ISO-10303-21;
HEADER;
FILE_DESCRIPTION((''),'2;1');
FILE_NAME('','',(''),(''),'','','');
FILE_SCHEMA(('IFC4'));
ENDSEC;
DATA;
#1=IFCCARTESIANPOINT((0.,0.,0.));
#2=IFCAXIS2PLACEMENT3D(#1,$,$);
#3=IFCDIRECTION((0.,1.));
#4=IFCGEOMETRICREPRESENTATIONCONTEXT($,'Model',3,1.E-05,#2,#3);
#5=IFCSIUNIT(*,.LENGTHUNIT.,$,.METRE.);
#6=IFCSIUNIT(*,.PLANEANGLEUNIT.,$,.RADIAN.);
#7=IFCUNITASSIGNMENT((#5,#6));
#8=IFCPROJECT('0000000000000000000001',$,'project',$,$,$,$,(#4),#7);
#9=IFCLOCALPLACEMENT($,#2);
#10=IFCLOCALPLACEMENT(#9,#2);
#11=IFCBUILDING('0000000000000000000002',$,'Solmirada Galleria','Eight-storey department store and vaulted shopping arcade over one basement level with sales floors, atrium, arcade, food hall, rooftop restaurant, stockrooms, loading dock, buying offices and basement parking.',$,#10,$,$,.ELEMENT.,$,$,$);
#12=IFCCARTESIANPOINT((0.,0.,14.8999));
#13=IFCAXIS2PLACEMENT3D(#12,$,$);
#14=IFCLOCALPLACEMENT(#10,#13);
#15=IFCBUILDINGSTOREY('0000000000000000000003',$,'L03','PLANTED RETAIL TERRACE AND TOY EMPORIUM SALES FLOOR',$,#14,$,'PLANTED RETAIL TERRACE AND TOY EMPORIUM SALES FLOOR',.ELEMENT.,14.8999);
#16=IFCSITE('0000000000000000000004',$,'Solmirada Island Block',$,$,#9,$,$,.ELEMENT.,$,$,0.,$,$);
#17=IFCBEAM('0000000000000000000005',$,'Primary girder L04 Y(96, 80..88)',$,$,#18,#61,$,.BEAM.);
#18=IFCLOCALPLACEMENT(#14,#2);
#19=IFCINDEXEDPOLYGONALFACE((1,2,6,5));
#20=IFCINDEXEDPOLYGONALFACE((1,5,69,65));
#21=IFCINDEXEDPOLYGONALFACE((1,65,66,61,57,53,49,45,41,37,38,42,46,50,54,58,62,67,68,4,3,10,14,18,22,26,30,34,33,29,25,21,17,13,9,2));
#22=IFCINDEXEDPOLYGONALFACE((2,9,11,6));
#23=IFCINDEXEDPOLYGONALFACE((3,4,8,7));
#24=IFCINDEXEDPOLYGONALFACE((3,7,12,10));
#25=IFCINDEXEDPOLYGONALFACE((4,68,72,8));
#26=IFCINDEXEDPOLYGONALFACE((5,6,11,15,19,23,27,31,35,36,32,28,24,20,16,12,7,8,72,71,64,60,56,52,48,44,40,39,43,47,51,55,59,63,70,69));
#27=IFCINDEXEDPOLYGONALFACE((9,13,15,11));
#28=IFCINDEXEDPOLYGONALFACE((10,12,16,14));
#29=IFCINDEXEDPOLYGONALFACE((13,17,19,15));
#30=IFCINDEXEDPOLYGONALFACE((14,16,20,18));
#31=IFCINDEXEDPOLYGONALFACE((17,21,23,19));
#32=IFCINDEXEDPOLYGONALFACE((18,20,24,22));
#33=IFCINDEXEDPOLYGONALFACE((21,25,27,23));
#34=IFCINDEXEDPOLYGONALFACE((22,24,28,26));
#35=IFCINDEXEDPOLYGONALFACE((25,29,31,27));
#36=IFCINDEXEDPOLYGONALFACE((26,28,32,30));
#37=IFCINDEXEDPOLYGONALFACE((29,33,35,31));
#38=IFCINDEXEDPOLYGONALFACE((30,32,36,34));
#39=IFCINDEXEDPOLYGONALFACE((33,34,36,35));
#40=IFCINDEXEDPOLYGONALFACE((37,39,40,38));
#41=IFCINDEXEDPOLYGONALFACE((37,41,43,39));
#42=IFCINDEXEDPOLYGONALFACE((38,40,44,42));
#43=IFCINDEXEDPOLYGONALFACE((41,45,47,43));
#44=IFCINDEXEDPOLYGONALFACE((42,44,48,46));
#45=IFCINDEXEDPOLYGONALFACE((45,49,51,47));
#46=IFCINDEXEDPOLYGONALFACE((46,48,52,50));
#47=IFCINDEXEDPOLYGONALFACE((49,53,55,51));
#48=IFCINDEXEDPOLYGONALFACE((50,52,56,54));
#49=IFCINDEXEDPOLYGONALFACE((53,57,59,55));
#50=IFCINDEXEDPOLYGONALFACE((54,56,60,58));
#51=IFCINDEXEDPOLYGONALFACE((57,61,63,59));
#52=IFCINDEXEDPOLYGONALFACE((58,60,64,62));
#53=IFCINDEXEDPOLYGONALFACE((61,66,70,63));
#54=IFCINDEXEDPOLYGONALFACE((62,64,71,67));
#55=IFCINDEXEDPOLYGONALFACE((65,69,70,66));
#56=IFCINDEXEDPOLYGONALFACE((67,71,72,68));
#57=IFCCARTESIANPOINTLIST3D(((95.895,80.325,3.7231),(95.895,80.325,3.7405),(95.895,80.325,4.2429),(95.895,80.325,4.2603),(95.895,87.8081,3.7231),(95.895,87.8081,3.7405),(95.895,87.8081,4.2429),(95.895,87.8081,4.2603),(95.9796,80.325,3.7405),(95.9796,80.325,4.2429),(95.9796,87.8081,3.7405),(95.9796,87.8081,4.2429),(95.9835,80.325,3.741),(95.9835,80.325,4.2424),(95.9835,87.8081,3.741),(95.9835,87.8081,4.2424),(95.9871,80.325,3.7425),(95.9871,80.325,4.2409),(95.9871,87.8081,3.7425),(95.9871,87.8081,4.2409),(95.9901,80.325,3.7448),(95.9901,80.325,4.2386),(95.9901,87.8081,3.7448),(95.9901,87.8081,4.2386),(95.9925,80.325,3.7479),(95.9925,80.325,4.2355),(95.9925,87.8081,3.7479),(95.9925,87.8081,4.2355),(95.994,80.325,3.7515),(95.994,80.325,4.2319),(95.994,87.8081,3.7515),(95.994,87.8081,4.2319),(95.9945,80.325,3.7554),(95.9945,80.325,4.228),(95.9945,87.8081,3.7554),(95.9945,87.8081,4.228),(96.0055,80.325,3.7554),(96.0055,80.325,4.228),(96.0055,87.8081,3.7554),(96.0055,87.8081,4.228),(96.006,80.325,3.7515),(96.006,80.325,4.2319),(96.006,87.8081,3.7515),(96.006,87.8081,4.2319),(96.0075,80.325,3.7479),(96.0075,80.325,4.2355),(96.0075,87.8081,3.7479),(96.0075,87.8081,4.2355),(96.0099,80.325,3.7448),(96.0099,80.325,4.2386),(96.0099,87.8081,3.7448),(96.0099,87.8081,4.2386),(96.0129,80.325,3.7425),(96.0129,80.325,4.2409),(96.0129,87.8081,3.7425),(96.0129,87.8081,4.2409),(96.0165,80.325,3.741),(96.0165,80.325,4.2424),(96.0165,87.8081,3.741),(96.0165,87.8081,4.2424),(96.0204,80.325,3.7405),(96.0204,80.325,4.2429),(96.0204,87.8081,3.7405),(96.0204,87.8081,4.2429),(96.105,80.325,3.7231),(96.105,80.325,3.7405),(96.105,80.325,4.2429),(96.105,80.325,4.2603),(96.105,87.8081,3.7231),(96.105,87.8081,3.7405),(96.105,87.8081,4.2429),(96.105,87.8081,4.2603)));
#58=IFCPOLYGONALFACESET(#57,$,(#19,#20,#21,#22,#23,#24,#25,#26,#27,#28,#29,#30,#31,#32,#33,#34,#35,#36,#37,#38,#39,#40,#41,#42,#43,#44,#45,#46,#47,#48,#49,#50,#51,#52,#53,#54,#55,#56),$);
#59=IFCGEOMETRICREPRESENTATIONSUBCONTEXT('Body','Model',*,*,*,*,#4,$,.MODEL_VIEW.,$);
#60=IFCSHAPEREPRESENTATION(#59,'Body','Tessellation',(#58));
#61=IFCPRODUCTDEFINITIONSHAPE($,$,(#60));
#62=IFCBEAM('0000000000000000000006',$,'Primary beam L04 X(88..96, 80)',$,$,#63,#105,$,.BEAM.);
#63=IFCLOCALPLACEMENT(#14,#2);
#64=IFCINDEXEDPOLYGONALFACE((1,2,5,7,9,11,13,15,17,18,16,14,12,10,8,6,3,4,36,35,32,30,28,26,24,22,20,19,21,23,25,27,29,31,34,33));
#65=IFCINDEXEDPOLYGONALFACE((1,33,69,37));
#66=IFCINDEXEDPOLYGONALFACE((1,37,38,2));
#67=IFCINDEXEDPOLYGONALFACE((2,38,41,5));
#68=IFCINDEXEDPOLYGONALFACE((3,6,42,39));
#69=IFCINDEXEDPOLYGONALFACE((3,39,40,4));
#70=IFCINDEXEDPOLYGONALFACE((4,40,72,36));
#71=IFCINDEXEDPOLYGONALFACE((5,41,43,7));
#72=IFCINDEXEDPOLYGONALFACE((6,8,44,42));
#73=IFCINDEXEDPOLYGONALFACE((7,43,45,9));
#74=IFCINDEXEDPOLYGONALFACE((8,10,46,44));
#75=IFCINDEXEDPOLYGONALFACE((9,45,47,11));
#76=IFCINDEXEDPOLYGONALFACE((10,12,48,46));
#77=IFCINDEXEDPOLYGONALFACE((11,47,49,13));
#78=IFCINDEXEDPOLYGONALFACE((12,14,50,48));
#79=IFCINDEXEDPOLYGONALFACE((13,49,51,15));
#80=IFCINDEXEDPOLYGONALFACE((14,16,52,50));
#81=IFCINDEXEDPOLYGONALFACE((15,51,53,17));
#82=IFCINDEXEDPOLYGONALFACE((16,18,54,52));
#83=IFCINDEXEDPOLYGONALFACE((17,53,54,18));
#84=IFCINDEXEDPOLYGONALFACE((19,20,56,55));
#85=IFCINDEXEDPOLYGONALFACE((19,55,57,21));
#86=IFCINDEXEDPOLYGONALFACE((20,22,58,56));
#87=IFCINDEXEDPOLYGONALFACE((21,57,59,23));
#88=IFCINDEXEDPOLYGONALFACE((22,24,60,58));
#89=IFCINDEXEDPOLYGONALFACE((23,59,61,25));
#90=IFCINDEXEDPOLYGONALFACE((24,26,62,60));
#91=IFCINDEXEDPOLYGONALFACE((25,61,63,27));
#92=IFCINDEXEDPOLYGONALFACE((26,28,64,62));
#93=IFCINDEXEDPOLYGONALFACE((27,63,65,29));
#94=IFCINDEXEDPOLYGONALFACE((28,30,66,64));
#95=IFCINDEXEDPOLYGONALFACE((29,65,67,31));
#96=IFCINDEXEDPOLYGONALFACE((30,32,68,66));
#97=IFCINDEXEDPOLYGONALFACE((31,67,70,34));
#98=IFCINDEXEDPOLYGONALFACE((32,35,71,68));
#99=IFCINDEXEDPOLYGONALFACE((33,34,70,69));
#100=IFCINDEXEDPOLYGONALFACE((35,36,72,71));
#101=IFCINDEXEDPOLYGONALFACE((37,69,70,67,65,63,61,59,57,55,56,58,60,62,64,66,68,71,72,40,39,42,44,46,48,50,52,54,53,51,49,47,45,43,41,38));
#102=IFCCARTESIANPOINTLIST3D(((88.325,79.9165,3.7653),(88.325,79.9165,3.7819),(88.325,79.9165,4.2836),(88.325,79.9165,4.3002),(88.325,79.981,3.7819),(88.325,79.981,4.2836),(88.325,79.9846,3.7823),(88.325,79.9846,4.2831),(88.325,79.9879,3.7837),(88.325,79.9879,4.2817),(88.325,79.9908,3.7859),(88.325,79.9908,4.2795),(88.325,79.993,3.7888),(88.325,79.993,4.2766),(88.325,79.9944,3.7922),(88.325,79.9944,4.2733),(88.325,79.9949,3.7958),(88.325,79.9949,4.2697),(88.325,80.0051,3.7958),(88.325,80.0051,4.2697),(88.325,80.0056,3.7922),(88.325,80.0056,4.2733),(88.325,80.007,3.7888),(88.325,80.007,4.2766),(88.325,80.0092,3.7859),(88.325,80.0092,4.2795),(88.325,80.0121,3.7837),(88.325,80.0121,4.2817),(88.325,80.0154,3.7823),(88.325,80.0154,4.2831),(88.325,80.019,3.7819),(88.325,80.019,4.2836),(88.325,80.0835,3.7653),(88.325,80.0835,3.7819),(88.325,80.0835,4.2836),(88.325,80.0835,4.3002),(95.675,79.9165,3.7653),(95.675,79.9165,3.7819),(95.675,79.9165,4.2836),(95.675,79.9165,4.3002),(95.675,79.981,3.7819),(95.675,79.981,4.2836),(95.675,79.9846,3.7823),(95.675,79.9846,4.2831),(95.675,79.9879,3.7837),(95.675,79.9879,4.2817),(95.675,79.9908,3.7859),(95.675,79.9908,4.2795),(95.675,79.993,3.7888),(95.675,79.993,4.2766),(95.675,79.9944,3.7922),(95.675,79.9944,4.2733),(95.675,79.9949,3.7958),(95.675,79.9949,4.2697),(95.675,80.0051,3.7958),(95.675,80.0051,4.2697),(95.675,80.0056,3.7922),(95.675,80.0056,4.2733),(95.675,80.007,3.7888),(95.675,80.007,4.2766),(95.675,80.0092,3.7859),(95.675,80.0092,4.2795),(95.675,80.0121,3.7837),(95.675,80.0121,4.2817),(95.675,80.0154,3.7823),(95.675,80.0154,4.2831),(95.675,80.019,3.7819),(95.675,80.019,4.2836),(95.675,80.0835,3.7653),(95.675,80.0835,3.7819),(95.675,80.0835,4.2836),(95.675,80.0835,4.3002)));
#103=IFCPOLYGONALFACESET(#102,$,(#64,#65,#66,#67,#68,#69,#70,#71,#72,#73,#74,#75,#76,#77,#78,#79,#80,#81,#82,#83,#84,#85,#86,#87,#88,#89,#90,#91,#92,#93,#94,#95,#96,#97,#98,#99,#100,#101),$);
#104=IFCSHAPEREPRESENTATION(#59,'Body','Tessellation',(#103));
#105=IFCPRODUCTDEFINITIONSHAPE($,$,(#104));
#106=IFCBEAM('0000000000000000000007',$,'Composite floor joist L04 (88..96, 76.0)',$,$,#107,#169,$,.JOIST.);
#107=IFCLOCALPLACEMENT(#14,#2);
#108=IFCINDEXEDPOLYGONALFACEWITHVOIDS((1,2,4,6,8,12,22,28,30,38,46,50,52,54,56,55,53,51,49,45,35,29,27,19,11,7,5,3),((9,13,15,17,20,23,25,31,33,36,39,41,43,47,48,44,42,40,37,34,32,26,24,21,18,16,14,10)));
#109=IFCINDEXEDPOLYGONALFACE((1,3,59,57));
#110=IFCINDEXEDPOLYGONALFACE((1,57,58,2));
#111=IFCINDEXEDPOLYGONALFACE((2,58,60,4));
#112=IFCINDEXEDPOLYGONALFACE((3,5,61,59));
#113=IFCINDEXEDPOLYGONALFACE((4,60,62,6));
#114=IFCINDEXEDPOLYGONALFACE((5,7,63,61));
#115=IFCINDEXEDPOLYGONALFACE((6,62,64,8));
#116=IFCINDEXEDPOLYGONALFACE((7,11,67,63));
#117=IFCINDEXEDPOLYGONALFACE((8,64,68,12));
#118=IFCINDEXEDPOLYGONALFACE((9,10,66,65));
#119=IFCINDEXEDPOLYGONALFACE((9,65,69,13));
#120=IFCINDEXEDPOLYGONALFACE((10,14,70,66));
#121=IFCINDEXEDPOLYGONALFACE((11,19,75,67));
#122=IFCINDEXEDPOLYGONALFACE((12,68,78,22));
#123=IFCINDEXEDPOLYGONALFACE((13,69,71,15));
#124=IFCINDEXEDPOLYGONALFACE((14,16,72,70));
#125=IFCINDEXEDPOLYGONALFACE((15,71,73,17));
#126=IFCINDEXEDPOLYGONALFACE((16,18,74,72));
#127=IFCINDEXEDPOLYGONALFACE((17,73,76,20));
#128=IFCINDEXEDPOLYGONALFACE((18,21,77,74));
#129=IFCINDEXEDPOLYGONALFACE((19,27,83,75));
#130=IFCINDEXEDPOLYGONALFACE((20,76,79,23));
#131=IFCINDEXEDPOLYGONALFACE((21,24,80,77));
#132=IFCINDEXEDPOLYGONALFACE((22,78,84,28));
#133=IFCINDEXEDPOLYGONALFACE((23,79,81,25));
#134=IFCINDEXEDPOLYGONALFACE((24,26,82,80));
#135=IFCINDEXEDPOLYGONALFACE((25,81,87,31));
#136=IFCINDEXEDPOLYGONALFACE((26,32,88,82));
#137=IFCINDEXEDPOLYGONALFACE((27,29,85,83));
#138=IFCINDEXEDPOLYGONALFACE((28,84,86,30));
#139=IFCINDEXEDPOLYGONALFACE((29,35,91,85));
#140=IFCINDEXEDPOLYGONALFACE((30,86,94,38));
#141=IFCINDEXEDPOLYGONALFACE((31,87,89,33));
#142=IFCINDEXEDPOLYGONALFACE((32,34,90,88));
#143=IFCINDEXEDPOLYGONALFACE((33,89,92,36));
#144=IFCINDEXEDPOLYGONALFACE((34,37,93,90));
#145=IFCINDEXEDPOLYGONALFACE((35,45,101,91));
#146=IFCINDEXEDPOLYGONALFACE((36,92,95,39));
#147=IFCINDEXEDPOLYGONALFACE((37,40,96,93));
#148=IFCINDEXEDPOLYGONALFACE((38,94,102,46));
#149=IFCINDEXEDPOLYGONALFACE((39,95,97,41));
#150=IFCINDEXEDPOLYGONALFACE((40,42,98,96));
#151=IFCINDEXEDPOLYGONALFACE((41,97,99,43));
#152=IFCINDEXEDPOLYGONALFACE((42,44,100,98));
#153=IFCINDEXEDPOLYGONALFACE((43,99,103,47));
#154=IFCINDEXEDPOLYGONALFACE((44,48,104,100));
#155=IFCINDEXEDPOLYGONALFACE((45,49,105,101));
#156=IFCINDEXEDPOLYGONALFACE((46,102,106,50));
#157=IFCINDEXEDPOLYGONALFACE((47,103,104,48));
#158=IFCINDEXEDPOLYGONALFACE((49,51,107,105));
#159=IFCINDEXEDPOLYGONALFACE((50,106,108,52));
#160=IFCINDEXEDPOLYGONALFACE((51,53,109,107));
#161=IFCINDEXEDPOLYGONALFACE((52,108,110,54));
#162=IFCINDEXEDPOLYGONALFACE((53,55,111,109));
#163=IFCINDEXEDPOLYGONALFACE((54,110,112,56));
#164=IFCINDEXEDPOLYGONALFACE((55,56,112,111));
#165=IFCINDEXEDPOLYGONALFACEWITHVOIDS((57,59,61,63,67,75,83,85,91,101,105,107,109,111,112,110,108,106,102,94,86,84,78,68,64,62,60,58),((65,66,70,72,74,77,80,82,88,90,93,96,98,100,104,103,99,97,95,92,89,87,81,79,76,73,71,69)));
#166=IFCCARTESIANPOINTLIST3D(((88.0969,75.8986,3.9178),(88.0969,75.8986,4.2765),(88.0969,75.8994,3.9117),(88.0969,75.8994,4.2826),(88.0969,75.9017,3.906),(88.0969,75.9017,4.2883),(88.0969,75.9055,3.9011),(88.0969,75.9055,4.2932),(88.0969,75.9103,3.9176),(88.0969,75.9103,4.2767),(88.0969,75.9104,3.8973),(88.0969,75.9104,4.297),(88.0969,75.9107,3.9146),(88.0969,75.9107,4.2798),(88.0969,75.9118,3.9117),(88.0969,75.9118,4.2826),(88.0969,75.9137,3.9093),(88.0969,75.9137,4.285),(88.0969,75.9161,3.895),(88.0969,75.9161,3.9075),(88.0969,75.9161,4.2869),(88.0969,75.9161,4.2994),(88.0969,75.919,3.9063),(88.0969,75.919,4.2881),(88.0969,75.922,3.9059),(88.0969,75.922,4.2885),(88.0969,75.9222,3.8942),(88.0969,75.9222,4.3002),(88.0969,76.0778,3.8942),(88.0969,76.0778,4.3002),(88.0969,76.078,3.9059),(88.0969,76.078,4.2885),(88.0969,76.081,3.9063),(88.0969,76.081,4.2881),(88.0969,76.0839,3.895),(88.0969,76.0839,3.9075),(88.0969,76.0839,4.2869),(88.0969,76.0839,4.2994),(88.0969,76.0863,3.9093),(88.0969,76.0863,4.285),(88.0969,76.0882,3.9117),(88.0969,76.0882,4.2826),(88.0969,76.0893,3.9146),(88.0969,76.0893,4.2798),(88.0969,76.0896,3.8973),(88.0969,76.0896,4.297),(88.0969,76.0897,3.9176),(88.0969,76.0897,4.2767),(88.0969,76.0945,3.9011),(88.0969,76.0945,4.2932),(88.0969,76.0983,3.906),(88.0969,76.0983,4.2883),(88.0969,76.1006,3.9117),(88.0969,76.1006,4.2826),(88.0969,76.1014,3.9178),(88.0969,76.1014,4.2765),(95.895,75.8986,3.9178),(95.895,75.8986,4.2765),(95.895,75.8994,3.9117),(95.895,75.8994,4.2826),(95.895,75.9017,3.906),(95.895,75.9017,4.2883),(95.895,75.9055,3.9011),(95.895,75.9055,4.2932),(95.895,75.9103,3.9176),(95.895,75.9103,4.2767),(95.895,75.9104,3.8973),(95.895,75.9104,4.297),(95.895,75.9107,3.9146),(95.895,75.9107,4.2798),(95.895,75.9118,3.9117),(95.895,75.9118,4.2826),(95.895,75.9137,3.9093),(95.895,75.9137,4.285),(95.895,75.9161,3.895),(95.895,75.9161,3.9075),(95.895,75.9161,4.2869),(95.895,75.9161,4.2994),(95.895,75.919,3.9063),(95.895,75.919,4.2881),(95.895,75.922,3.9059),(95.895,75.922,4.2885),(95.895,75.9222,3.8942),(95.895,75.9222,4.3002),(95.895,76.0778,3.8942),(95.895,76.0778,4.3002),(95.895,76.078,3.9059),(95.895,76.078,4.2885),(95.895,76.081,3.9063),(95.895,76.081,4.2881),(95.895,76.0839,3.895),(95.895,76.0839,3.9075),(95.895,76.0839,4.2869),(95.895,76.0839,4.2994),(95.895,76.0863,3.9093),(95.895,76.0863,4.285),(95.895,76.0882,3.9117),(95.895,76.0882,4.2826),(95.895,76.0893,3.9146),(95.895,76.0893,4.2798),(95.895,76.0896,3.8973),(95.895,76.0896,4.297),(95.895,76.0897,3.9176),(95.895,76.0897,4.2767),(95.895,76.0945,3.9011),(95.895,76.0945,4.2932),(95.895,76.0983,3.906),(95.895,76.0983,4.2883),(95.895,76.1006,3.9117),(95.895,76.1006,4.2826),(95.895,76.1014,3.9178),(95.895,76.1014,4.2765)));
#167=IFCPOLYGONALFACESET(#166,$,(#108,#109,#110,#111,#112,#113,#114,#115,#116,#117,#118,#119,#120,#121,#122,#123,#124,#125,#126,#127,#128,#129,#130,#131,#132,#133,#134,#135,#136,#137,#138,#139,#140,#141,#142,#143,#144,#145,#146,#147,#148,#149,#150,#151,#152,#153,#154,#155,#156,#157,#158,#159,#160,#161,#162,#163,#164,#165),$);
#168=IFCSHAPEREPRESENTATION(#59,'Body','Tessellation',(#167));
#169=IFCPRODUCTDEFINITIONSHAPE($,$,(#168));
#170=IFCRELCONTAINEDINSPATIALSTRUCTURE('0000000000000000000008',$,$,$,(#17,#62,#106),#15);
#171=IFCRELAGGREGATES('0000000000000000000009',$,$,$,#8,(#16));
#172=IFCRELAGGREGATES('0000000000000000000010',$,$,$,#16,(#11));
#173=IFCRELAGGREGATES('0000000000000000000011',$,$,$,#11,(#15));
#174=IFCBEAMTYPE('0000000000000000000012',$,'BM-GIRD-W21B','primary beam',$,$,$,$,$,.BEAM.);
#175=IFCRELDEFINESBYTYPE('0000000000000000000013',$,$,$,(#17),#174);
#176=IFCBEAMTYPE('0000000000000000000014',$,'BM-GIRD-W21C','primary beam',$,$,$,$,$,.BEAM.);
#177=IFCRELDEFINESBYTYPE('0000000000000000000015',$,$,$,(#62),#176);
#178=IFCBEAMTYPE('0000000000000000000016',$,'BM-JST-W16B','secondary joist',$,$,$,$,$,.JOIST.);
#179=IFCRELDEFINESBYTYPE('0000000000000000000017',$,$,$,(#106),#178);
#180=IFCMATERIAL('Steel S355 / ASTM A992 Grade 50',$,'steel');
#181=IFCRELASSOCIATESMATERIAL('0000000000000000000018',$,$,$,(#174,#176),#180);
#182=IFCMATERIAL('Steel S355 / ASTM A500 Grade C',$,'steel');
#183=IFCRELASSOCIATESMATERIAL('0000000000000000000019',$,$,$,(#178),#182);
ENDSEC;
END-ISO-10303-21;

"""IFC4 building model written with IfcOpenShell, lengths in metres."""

from ifc_helpers import new_model, si_unit, direction, frame, origin, origin_2d, place, context, subcontext, project, spatial, hollow_rectangle, i_section, extrude, material, material_profile, profile_set, type_object, element, save


model = new_model("IFC4")

# Units and contexts
model_context = context("Model", 3, precision=1e-05, world=origin(), true_north=direction((0.0, 1.0)))
body_context = subcontext(model_context, "Body", "Model", "MODEL_VIEW")
ifc_project = project(units=[si_unit("LENGTHUNIT", "METRE"), si_unit("PLANEANGLEUNIT", "RADIAN")], contexts=[model_context])

# Site, building, storey
site_placement = place(None, origin())
site = spatial("IfcSite", under=ifc_project, at=site_placement, Name="Solmirada Island Block", CompositionType="ELEMENT", RefElevation=0.0)
building_placement = place(site_placement, origin())
building = spatial("IfcBuilding", under=site, at=building_placement, Name="Solmirada Galleria", Description="Eight-storey department store and vaulted shopping arcade over one basement level with sales floors, atrium, arcade, food hall, rooftop restaurant, stockrooms, loading dock, buying offices and basement parking.", CompositionType="ELEMENT")
storey_placement = place(building_placement, frame((0.0, 0.0, 14.8999)))
storey = spatial("IfcBuildingStorey", under=building, at=storey_placement, Name="L03", Description="PLANTED RETAIL TERRACE AND TOY EMPORIUM SALES FLOOR", LongName="PLANTED RETAIL TERRACE AND TOY EMPORIUM SALES FLOOR", CompositionType="ELEMENT", Elevation=14.8999)

# Beams
ifc_material_1 = material(Name="Steel S355 / ASTM A992 Grade 50", Category="steel")
ifc_material_profile_1 = material_profile(ifc_material_1, i_section(OverallWidth=0.21, OverallDepth=0.5371, WebThickness=0.011, FlangeThickness=0.0173, FilletRadius=0.0149, at=origin_2d()), Name="W21X68")
ifc_profile_set_1 = profile_set([ifc_material_profile_1], Name="Steel S355 / ASTM A992 Grade 50")
beam_type_1 = type_object("IfcBeamType", Name="BM-GIRD-W21B", Description="primary beam", PredefinedType="BEAM", material=ifc_profile_set_1)
beam_1_placement = place(storey_placement, frame((96.0, 80.325, 3.9917), z_axis=(0.0, 1.0, 0.0), x_axis=(-1.0, 0.0, 0.0)))
element("IfcBeam", 1, at=beam_1_placement, inside=storey, type_object=beam_type_1, Name="Primary girder L04 Y(96, 80..88)", PredefinedType="BEAM", context=body_context, shape_type="SweptSolid", body=[
    extrude(i_section(OverallWidth=0.21, OverallDepth=0.5371, WebThickness=0.011, FlangeThickness=0.0173, FilletRadius=0.0149, at=origin_2d()), origin(), (0.0, 0.0, 1.0), 7.4832),
])
ifc_material_profile_2 = material_profile(ifc_material_1, i_section(OverallWidth=0.167, OverallDepth=0.5349, WebThickness=0.0103, FlangeThickness=0.0166, FilletRadius=0.0139, at=origin_2d()), Name="W21X57")
ifc_profile_set_2 = profile_set([ifc_material_profile_2], Name="Steel S355 / ASTM A992 Grade 50")
beam_type_2 = type_object("IfcBeamType", Name="BM-GIRD-W21C", Description="primary beam", PredefinedType="BEAM", material=ifc_profile_set_2)
beam_2_placement = place(storey_placement, frame((88.325, 80.0, 4.0327), z_axis=(1.0, 0.0, 0.0), x_axis=(0.0, 1.0, 0.0)))
element("IfcBeam", 2, at=beam_2_placement, inside=storey, type_object=beam_type_2, Name="Primary beam L04 X(88..96, 80)", PredefinedType="BEAM", context=body_context, shape_type="SweptSolid", body=[
    extrude(i_section(OverallWidth=0.167, OverallDepth=0.5349, WebThickness=0.0103, FlangeThickness=0.0166, FilletRadius=0.0139, at=origin_2d()), origin(), (0.0, 0.0, 1.0), 7.3501),
])
ifc_material_2 = material(Name="Steel S355 / ASTM A500 Grade C", Category="steel")
ifc_material_profile_3 = material_profile(ifc_material_2, hollow_rectangle(XDim=0.2029, YDim=0.406, WallThickness=0.0117, InnerFilletRadius=0.0117, OuterFilletRadius=0.0237, at=origin_2d()), Name="HSS16X8X1/2")
ifc_profile_set_3 = profile_set([ifc_material_profile_3], Name="Steel S355 / ASTM A500 Grade C")
beam_type_3 = type_object("IfcBeamType", Name="BM-JST-W16B", Description="secondary joist", PredefinedType="JOIST", material=ifc_profile_set_3)
for number, where, z_axis, x_axis, name in (
    (3, (88.0969, 76.0, 4.0972), (1.0, 0.0, 0.0), (0.0, 1.0, 0.0), "Composite floor joist L04 (88..96, 76.0)"),
):
    element("IfcBeam", number, at=place(storey_placement, frame(where, z_axis=z_axis, x_axis=x_axis)), inside=storey, type_object=beam_type_3, Name=name, PredefinedType="JOIST", context=body_context, shape_type="SweptSolid", body=[
        extrude(hollow_rectangle(XDim=0.2029, YDim=0.406, WallThickness=0.0117, InnerFilletRadius=0.0117, OuterFilletRadius=0.0237, at=origin_2d()), origin(), (0.0, 0.0, 1.0), 7.7981),
    ])

save(model, "model.ifc")
